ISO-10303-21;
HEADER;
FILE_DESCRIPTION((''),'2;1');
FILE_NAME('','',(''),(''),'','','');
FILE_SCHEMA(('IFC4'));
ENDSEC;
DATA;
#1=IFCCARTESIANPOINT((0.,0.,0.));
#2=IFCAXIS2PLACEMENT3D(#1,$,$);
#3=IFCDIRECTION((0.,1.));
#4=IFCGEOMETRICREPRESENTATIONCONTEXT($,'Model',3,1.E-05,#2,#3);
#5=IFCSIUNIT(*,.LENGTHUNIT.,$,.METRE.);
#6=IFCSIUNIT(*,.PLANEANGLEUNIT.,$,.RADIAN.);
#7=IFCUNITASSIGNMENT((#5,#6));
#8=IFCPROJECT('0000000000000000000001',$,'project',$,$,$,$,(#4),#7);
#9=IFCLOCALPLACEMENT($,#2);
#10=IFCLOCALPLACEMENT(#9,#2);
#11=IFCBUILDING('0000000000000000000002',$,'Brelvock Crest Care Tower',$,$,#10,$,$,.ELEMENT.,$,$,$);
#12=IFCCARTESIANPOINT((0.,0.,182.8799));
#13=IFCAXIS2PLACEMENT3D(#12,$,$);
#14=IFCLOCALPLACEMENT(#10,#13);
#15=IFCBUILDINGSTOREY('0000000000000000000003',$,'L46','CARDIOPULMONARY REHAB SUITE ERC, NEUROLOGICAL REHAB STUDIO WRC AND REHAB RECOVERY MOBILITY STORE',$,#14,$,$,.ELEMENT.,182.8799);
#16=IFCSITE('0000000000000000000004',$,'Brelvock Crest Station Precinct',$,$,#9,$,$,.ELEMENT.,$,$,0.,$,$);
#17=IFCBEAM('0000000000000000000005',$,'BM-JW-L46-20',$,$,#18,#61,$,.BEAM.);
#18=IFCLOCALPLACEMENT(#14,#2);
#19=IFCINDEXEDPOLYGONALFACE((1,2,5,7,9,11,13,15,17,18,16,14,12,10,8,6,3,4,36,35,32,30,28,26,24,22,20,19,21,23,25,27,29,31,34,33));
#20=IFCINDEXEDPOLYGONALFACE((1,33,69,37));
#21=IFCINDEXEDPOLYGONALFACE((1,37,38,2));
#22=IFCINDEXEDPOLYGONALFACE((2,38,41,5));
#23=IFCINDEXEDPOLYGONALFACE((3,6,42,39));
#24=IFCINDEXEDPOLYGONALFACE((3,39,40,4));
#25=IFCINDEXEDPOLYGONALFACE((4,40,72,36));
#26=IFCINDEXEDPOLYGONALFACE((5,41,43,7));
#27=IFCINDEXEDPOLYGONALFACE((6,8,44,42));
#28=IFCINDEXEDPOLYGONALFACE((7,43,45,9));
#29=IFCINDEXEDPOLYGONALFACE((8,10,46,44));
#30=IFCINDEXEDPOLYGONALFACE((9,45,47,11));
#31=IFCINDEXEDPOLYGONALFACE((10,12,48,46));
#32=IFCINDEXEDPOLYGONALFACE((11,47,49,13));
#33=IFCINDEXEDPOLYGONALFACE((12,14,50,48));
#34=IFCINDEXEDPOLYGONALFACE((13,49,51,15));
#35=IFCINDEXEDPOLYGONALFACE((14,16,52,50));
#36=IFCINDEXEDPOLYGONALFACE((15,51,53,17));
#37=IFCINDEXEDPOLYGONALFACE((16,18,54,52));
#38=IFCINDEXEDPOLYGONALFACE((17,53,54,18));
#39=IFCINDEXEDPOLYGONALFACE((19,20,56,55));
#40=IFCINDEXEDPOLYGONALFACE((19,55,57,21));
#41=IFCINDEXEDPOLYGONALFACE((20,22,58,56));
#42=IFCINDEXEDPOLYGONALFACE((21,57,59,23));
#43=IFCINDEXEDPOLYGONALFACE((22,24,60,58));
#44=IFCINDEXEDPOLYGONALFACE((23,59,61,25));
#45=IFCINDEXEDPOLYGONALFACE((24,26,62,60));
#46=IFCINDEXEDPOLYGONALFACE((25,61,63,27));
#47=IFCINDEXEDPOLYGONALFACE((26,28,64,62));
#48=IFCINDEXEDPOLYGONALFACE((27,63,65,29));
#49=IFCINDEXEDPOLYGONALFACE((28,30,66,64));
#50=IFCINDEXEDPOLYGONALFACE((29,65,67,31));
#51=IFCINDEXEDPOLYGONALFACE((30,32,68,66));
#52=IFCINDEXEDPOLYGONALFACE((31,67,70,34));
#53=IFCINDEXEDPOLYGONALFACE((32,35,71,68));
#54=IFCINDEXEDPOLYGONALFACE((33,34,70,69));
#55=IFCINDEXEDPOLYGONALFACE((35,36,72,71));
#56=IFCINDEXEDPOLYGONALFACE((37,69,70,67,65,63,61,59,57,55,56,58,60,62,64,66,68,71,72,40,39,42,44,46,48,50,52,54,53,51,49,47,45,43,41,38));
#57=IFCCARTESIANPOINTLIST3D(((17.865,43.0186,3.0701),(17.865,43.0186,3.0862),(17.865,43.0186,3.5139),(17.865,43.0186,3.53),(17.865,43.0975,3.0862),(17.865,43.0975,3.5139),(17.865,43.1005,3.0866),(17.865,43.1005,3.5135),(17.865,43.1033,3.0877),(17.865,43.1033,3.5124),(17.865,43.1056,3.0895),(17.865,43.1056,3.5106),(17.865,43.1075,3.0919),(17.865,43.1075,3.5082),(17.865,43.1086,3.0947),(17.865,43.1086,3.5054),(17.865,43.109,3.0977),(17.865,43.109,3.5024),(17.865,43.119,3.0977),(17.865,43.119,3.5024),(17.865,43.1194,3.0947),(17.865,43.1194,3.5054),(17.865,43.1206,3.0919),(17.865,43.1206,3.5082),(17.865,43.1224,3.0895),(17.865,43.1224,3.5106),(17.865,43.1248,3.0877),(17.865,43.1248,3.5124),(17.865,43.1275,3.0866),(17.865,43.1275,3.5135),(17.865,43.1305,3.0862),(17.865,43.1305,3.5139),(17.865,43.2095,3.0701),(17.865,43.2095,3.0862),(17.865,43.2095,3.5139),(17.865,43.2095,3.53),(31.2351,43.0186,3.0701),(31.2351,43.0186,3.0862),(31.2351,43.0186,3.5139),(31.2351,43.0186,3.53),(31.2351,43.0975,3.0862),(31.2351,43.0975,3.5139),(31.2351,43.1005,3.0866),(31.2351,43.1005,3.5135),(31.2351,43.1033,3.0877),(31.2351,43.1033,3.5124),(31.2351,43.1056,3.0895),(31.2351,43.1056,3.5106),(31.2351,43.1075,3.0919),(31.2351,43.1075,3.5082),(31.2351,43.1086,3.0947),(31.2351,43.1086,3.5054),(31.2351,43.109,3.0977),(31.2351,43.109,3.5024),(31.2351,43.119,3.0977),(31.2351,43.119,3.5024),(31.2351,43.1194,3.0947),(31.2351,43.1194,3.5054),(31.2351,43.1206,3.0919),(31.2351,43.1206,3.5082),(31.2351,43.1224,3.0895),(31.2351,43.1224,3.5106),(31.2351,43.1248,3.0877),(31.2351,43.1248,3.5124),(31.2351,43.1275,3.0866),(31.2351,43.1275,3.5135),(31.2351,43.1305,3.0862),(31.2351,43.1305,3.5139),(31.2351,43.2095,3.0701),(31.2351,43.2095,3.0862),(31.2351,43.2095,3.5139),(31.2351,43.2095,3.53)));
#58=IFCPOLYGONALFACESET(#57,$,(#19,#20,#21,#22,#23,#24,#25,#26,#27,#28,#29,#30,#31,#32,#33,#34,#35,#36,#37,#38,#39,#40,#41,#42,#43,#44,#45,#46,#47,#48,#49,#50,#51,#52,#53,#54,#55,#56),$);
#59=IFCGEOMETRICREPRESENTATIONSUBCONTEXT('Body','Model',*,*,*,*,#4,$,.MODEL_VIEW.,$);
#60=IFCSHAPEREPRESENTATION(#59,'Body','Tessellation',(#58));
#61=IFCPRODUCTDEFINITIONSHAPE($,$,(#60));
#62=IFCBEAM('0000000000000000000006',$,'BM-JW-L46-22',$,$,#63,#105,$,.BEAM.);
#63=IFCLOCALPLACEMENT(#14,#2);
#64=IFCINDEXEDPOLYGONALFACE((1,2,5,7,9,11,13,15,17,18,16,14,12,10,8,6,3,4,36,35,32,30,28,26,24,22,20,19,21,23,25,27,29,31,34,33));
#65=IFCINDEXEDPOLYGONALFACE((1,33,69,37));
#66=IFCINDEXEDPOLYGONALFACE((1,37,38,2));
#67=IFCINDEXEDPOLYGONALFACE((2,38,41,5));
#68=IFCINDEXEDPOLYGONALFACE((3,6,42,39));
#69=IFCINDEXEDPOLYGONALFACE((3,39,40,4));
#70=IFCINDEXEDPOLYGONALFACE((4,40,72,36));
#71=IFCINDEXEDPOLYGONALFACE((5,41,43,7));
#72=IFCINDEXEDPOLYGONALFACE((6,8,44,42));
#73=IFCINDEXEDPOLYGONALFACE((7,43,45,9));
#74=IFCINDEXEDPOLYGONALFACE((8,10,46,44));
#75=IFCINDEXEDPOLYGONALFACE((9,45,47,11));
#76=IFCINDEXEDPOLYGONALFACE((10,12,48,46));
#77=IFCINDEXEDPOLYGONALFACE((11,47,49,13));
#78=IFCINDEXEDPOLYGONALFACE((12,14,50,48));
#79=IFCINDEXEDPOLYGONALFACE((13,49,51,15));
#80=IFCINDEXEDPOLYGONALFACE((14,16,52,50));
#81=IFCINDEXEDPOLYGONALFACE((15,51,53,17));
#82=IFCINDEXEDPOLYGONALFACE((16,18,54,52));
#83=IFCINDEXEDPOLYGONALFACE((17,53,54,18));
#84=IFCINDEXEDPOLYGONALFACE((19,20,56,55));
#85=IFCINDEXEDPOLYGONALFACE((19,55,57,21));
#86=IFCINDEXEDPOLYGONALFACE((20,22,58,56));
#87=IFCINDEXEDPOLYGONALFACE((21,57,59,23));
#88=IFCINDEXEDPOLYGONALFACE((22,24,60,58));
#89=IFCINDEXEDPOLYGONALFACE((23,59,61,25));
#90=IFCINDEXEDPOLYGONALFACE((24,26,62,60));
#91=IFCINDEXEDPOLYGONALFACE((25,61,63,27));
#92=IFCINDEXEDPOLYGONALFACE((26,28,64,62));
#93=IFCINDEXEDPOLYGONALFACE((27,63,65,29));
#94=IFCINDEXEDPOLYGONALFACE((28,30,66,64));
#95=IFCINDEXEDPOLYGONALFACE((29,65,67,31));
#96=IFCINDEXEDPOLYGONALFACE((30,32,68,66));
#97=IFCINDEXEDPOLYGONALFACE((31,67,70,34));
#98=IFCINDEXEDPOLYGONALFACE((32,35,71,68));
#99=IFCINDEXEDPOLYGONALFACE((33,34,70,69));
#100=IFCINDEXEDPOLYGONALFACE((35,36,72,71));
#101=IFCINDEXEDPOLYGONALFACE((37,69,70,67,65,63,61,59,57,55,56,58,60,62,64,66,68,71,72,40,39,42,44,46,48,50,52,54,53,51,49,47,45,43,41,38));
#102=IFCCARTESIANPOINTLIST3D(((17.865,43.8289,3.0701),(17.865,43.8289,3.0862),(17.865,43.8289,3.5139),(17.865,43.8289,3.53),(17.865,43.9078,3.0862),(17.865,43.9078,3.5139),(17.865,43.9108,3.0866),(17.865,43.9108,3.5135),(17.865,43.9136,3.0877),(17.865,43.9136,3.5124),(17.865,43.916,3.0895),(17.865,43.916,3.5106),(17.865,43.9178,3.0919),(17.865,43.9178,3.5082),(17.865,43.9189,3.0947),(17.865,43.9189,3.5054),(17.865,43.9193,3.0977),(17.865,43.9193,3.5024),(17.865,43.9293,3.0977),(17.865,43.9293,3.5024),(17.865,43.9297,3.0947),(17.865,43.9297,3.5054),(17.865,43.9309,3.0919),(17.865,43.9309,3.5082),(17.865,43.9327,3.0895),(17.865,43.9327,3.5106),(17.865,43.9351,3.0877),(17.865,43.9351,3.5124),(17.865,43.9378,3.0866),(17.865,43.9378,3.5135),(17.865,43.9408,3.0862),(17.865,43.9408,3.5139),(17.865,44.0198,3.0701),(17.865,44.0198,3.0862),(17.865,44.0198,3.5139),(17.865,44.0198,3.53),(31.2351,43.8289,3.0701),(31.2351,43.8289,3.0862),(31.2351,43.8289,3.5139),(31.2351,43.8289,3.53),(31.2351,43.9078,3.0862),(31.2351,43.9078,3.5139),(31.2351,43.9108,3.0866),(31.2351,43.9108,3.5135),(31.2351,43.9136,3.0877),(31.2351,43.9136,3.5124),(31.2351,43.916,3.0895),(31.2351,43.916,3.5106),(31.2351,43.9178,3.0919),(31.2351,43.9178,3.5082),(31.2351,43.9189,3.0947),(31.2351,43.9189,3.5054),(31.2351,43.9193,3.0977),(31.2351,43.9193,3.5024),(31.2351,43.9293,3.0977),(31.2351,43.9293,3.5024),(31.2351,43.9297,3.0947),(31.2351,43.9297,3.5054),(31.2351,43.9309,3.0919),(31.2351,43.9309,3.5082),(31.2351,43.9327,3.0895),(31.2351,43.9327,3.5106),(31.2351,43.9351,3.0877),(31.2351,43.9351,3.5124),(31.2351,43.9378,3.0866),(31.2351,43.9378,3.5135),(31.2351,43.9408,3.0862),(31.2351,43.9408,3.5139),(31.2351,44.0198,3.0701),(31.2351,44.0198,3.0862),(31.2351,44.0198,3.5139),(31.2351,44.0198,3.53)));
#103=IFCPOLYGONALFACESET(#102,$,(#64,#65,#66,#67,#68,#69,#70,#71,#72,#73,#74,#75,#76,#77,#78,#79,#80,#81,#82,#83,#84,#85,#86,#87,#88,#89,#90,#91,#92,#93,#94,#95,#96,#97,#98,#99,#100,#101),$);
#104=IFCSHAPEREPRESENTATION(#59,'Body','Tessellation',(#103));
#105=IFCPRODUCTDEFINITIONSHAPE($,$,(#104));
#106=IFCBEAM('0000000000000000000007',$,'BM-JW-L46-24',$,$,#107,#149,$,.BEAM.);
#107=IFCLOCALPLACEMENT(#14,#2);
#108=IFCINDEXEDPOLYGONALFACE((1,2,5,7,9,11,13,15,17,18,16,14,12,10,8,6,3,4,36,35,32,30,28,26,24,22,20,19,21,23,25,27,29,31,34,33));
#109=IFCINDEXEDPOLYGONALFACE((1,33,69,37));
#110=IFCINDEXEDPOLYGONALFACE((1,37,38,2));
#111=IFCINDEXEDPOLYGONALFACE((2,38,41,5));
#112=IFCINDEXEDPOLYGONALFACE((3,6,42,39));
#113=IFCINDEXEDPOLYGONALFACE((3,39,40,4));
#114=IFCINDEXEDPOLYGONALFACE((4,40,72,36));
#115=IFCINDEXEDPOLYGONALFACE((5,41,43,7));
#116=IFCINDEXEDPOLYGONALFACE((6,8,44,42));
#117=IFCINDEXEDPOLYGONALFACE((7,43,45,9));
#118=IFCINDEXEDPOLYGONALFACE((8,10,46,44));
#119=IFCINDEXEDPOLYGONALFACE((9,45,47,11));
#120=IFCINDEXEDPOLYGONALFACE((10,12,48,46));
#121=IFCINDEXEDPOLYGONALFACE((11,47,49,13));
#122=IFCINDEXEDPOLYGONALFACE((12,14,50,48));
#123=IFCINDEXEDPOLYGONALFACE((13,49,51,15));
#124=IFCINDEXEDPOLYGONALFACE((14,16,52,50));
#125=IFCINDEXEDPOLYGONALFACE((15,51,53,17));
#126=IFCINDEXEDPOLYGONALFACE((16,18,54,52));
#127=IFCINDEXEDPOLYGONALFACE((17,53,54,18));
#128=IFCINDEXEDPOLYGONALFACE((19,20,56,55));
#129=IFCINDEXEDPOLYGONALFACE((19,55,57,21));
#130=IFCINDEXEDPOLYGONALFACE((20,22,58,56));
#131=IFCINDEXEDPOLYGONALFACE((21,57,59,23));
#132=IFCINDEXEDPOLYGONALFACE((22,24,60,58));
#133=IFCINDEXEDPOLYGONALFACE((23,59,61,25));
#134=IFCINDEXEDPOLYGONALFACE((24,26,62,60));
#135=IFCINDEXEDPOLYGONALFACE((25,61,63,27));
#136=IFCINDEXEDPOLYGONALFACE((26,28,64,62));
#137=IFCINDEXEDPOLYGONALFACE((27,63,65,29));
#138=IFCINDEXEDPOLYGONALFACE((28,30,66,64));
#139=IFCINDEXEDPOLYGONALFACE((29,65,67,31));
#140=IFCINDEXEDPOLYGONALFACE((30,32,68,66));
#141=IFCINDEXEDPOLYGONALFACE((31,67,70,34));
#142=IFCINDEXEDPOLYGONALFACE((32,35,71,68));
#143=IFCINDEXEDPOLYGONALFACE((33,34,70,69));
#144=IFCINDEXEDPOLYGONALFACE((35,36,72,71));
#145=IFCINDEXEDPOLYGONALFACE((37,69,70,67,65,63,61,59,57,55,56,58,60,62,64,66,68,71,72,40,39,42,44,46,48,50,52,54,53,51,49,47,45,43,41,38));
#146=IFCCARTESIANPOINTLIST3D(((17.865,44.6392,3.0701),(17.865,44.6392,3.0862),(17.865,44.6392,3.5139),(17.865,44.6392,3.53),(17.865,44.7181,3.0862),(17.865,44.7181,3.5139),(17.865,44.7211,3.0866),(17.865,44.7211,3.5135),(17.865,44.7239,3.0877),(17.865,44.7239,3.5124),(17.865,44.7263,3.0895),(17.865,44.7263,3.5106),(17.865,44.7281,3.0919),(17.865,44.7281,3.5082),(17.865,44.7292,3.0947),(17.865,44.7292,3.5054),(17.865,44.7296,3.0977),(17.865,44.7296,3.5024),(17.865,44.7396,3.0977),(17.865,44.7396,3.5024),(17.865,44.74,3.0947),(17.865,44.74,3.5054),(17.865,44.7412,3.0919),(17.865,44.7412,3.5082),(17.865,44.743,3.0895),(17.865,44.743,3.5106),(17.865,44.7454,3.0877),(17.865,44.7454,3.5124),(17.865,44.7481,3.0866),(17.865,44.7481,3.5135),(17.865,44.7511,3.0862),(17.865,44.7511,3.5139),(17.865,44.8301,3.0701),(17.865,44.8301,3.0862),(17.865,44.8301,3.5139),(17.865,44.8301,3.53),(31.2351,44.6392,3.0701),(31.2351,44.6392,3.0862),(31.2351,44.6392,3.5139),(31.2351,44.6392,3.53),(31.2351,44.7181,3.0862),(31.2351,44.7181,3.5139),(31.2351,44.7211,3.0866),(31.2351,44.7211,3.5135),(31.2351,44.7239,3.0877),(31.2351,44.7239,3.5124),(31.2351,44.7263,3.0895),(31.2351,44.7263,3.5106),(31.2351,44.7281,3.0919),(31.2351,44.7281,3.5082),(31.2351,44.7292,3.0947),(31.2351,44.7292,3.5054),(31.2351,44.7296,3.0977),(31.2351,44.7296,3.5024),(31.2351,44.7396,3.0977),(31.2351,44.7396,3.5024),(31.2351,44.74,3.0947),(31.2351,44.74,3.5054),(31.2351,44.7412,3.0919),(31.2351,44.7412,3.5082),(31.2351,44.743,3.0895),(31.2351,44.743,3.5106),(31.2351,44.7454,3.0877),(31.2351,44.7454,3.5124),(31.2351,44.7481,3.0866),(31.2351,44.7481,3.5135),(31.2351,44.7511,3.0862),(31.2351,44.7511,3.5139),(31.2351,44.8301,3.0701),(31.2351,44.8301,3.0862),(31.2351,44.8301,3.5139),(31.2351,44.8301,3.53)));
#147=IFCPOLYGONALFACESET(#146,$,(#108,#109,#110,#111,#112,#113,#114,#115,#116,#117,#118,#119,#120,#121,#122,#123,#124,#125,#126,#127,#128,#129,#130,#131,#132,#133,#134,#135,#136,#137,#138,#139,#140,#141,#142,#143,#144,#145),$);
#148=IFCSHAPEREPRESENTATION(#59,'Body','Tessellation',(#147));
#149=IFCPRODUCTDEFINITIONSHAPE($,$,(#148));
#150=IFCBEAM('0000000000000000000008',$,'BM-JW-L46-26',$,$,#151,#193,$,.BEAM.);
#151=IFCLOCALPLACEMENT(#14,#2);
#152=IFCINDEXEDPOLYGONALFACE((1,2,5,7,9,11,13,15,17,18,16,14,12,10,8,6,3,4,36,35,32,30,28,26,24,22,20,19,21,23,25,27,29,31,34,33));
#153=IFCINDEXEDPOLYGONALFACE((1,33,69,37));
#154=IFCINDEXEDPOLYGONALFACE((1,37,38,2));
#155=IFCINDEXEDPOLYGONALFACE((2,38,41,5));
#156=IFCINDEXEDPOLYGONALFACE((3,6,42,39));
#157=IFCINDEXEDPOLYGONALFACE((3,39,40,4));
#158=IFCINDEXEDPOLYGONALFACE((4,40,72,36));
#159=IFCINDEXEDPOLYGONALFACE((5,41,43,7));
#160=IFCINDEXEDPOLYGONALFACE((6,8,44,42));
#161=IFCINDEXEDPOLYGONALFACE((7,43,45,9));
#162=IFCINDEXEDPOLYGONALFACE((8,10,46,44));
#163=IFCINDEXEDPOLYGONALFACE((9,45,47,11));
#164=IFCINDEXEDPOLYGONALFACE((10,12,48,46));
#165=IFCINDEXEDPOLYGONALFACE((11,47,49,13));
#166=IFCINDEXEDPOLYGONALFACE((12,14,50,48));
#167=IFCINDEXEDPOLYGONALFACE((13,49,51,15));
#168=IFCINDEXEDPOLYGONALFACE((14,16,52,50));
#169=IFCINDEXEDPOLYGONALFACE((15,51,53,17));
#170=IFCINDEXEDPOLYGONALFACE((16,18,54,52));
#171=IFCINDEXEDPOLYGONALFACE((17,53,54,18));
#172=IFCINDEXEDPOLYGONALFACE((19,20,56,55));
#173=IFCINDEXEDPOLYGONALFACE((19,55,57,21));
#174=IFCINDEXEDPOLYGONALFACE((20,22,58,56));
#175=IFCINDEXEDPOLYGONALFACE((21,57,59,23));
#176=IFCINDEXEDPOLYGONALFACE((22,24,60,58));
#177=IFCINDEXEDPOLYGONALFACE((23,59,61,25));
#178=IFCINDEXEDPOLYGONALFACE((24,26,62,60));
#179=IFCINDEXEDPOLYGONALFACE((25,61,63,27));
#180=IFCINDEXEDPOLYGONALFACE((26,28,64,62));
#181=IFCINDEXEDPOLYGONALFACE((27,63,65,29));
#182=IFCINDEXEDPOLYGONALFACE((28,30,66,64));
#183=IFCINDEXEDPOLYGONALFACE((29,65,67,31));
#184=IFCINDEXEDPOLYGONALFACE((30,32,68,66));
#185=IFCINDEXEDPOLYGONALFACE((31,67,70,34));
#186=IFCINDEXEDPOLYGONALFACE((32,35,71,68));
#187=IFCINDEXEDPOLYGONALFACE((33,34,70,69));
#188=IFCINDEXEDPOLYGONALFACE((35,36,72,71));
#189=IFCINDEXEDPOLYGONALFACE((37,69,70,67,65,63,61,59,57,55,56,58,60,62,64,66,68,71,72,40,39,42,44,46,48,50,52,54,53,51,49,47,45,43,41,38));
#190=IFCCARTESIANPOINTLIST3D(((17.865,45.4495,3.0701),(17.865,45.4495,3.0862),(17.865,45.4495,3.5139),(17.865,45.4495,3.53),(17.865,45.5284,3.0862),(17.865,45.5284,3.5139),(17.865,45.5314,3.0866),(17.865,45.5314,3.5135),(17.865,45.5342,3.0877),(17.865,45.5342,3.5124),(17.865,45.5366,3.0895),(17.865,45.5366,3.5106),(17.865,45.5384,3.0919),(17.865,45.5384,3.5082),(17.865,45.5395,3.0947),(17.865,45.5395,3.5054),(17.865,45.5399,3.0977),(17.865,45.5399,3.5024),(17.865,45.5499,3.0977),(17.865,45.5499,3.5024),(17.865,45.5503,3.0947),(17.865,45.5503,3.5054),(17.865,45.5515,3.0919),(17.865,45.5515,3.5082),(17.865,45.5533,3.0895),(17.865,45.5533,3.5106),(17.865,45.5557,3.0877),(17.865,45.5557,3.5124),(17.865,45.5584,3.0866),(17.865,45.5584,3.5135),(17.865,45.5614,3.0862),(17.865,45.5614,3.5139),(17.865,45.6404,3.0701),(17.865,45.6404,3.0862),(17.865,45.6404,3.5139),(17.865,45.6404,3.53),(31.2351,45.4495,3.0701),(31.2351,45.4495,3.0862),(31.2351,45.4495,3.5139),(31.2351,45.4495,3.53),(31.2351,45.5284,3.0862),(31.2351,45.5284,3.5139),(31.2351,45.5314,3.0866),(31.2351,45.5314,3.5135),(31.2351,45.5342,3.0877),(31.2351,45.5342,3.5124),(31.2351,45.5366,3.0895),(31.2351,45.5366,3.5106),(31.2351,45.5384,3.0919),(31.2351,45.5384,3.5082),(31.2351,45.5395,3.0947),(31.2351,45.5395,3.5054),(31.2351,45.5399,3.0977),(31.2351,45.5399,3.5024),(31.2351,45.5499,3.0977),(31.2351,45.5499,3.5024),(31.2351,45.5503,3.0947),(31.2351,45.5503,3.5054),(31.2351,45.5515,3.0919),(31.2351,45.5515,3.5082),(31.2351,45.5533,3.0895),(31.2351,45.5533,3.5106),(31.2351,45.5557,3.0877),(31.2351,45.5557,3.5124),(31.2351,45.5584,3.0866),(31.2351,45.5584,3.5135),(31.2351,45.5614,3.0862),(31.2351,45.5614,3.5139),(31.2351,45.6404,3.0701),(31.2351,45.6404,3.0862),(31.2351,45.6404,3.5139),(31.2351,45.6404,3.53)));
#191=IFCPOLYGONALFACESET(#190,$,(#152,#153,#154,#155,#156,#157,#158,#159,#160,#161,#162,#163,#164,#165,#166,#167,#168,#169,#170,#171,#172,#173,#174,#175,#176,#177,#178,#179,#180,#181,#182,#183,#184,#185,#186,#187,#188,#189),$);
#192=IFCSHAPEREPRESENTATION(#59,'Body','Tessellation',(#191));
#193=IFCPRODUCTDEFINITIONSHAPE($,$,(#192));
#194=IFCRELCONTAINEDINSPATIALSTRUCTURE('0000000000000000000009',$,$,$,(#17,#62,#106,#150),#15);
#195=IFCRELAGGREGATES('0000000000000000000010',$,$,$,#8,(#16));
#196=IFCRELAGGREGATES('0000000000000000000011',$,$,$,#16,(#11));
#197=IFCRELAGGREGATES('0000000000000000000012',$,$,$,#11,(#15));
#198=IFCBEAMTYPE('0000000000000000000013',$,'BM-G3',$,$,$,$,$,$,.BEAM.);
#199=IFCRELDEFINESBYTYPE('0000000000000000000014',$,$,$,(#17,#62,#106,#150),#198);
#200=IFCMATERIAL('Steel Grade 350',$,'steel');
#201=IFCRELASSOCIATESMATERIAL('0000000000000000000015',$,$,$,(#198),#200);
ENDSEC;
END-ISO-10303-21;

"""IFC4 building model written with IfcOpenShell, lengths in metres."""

from ifc_helpers import new_model, si_unit, direction, frame, origin, origin_2d, place, context, subcontext, project, spatial, i_section, extrude, source, transform, mapped, material, material_profile, profile_set, type_object, element, save


model = new_model("IFC4")

# Units and contexts
model_context = context("Model", 3, precision=1e-05, world=origin(), true_north=direction((0.0, 1.0)))
body_context = subcontext(model_context, "Body", "Model", "MODEL_VIEW")
ifc_project = project(units=[si_unit("LENGTHUNIT", "METRE"), si_unit("PLANEANGLEUNIT", "RADIAN")], contexts=[model_context])

# Site, building, storey
site_placement = place(None, origin())
site = spatial("IfcSite", under=ifc_project, at=site_placement, Name="Brelvock Crest Station Precinct", CompositionType="ELEMENT", RefElevation=0.0)
building_placement = place(site_placement, origin())
building = spatial("IfcBuilding", under=site, at=building_placement, Name="Brelvock Crest Care Tower", CompositionType="ELEMENT")
storey_placement = place(building_placement, frame((0.0, 0.0, 182.8799)))
storey = spatial("IfcBuildingStorey", under=building, at=storey_placement, Name="L46", Description="CARDIOPULMONARY REHAB SUITE ERC, NEUROLOGICAL REHAB STUDIO WRC AND REHAB RECOVERY MOBILITY STORE", CompositionType="ELEMENT", Elevation=182.8799)

# Beams
ifc_material_1 = material(Name="Steel Grade 350", Category="steel")
ifc_material_profile_1 = material_profile(ifc_material_1, i_section(OverallWidth=0.1909, OverallDepth=0.46, WebThickness=0.01, FlangeThickness=0.0161, FilletRadius=0.0115, at=origin_2d()), Name="460UB82.1")
ifc_profile_set_1 = profile_set([ifc_material_profile_1], Name="Steel Grade 350")
beam_type_1 = type_object("IfcBeamType", Name="BM-G3", PredefinedType="BEAM", material=ifc_profile_set_1)
shared_shape_1 = source(origin(), body_context, "Body", "SweptSolid", [
    extrude(i_section(OverallWidth=0.1909, OverallDepth=0.46, WebThickness=0.01, FlangeThickness=0.0161, FilletRadius=0.0115, at=origin_2d()), origin(), (0.0, 0.0, 1.0), 13.3701),
])
for number, where, z_axis, x_axis, name in (
    (1, (17.865, 43.114, 3.3), (1.0, 0.0, 0.0), (0.0, 1.0, 0.0), "BM-JW-L46-20"),
    (2, (17.865, 43.9243, 3.3), (1.0, 0.0, 0.0), (0.0, 1.0, 0.0), "BM-JW-L46-22"),
    (3, (17.865, 44.7346, 3.3), (1.0, 0.0, 0.0), (0.0, 1.0, 0.0), "BM-JW-L46-24"),
    (4, (17.865, 45.5449, 3.3), (1.0, 0.0, 0.0), (0.0, 1.0, 0.0), "BM-JW-L46-26"),
):
    element("IfcBeam", number, at=place(storey_placement, frame(where, z_axis=z_axis, x_axis=x_axis)), inside=storey, type_object=beam_type_1, Name=name, PredefinedType="BEAM", context=body_context, shape_type="MappedRepresentation", body=[
        mapped(shared_shape_1, transform((0.0, 0.0, 0.0), x_axis=(1.0, 0.0, 0.0), y_axis=(0.0, 1.0, 0.0), z_axis=(0.0, 0.0, 1.0), scale=1.0)),
    ])

save(model, "model.ifc")
